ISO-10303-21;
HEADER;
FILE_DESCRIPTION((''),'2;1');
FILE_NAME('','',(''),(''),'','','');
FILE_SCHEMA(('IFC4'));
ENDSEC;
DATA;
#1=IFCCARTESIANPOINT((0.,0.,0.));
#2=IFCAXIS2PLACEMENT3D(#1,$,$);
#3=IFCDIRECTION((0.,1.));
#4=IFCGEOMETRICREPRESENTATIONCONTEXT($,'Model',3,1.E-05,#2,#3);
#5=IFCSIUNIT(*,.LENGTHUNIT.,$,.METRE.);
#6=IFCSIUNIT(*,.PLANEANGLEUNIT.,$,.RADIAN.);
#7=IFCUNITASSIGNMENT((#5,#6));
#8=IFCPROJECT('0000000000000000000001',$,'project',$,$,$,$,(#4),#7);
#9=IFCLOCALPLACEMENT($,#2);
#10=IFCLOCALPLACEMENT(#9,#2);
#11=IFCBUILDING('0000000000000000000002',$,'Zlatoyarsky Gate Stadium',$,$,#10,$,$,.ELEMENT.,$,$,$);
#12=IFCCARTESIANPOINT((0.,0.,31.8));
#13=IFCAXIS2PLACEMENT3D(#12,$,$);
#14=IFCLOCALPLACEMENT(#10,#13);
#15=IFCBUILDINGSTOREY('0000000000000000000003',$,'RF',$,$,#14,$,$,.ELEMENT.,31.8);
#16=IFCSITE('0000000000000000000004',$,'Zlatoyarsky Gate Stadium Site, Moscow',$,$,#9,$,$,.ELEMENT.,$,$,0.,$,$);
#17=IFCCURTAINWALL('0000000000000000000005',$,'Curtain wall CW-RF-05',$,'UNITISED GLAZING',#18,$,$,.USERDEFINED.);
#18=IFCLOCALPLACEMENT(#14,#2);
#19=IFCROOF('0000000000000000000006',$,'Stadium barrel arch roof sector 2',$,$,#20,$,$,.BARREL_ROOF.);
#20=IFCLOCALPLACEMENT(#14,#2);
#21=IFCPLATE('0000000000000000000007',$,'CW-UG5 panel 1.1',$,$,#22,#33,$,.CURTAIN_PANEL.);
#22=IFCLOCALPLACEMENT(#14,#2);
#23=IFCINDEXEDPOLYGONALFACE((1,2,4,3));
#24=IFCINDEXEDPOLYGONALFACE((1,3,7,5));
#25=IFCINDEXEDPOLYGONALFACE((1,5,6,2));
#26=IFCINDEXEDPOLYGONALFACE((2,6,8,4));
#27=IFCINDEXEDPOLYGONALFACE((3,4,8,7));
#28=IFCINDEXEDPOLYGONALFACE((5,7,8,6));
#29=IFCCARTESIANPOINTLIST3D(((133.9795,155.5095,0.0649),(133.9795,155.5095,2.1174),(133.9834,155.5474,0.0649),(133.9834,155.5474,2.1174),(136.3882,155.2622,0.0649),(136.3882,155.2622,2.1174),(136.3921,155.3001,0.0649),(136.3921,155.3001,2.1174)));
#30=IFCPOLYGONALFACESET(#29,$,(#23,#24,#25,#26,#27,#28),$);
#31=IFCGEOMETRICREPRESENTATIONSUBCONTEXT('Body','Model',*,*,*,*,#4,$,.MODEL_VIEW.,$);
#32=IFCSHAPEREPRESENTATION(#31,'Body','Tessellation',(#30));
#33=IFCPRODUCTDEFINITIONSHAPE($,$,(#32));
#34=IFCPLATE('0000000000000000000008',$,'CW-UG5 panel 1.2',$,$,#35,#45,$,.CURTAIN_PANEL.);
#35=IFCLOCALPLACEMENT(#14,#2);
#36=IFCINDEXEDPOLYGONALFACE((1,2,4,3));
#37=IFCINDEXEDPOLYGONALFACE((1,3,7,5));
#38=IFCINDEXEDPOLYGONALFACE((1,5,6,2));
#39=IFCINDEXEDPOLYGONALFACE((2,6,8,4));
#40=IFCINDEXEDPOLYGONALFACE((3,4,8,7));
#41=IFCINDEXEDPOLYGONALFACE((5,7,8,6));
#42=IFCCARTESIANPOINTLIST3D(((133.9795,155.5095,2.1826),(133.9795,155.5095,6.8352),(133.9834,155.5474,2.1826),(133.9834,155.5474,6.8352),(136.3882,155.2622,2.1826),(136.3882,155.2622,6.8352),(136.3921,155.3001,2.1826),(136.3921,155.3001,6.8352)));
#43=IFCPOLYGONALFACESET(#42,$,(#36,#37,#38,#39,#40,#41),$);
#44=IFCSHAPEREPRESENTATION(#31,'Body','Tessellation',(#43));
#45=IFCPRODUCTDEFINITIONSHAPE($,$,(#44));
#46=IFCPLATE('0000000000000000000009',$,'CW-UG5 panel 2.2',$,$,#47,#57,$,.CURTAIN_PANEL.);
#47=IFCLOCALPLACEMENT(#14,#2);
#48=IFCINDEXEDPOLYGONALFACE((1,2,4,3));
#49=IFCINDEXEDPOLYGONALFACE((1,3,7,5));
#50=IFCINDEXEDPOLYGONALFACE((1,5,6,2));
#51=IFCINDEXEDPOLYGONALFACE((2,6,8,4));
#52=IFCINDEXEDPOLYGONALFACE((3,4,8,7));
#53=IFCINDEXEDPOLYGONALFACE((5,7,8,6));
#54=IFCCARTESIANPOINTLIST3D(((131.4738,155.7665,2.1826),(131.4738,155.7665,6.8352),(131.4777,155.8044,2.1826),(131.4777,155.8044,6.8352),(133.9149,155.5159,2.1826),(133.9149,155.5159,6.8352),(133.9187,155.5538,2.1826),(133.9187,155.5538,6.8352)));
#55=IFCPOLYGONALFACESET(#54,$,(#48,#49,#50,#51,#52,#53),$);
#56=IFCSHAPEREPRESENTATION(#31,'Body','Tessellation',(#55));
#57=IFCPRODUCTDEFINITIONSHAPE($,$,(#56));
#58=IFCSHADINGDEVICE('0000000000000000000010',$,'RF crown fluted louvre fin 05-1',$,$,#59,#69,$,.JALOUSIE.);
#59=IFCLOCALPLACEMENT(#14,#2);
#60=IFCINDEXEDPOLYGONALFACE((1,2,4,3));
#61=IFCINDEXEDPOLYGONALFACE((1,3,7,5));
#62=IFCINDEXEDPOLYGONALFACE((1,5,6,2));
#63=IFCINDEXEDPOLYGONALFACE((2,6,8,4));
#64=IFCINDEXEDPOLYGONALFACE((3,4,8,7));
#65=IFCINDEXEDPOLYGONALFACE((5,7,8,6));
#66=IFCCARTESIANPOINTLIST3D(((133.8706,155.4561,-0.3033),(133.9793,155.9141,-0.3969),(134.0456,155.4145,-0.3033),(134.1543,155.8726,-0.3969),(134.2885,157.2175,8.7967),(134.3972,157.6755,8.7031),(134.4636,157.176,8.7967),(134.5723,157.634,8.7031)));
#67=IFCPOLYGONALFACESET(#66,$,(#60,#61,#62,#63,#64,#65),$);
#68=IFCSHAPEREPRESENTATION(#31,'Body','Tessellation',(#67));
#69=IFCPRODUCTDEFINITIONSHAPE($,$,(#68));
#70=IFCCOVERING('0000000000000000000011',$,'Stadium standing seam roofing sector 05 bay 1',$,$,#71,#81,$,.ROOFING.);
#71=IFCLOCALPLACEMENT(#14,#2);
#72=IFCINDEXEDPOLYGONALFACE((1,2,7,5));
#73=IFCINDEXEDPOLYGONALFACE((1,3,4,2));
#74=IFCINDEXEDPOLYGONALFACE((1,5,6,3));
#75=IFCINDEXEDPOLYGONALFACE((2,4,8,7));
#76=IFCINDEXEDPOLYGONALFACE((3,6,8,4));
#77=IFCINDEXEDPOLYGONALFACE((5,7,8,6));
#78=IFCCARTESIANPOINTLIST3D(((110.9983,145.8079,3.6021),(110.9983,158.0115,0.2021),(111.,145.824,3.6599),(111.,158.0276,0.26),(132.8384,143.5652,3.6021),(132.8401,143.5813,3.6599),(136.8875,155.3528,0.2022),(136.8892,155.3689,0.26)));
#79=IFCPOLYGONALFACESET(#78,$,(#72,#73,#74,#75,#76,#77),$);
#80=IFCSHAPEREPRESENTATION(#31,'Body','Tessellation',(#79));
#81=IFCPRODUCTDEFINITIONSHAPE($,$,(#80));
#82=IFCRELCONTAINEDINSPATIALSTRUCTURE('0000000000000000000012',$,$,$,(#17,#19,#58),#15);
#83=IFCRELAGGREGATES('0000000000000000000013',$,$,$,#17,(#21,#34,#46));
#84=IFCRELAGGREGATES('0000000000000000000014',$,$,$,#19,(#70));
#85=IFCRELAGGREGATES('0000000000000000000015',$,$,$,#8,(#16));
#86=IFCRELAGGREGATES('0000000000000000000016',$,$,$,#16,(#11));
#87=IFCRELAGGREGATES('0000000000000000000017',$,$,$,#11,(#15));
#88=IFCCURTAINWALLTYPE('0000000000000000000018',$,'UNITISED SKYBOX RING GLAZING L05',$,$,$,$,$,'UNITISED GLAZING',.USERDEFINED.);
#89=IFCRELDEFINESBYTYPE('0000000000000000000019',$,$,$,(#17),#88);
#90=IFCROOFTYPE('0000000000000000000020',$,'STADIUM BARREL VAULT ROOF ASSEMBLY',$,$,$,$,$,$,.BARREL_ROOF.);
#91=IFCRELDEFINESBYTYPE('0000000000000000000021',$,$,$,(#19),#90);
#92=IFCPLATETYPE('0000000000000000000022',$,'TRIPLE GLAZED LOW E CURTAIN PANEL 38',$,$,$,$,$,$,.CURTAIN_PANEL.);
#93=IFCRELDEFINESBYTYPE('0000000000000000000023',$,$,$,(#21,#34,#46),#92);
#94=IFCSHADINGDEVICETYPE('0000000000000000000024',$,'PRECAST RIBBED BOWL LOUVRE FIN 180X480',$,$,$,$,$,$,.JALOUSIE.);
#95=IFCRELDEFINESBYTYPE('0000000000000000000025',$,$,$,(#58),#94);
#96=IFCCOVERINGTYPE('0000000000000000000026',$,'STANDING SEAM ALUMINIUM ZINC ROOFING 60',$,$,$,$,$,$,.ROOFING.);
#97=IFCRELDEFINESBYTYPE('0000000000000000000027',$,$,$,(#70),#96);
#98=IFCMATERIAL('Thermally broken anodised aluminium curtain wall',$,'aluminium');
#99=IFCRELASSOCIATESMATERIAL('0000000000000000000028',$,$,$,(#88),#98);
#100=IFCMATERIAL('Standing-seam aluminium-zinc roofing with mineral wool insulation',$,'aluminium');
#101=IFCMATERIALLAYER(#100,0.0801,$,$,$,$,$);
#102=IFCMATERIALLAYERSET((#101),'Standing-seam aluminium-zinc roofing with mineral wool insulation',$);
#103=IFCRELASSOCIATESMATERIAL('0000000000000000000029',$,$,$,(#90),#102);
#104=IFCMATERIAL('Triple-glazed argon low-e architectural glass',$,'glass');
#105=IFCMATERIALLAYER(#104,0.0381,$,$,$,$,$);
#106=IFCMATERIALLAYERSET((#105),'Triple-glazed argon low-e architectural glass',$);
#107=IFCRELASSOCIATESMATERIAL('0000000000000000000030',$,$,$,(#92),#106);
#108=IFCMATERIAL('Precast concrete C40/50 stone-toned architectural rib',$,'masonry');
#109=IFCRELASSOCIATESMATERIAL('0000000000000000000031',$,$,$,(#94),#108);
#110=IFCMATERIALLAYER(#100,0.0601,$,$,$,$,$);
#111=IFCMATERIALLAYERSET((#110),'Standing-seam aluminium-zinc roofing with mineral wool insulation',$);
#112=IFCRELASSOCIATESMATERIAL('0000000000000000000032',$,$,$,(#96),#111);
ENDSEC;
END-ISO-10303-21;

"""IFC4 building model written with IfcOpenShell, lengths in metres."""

from ifc_helpers import new_model, si_unit, direction, frame, origin, origin_2d, place, context, subcontext, project, spatial, polyline, rectangle, outline, extrude, material, layer, layer_set, material_profile, profile_set, type_object, element, aggregate, save


model = new_model("IFC4")

# Units and contexts
model_context = context("Model", 3, precision=1e-05, world=origin(), true_north=direction((0.0, 1.0)))
body_context = subcontext(model_context, "Body", "Model", "MODEL_VIEW")
ifc_project = project(units=[si_unit("LENGTHUNIT", "METRE"), si_unit("PLANEANGLEUNIT", "RADIAN")], contexts=[model_context])

# Site, building, storey
site_placement = place(None, origin())
site = spatial("IfcSite", under=ifc_project, at=site_placement, Name="Zlatoyarsky Gate Stadium Site, Moscow", CompositionType="ELEMENT", RefElevation=0.0)
building_placement = place(site_placement, origin())
building = spatial("IfcBuilding", under=site, at=building_placement, Name="Zlatoyarsky Gate Stadium", CompositionType="ELEMENT")
storey_placement = place(building_placement, frame((0.0, 0.0, 31.8)))
storey = spatial("IfcBuildingStorey", under=building, at=storey_placement, Name="RF", CompositionType="ELEMENT", Elevation=31.8)

# Curtain wall
ifc_material_1 = material(Name="Thermally broken anodised aluminium curtain wall", Category="aluminium")
curtain_wall_type = type_object("IfcCurtainWallType", Name="UNITISED SKYBOX RING GLAZING L05", ElementType="UNITISED GLAZING", PredefinedType="USERDEFINED", material=ifc_material_1)
curtain_wall_placement = place(storey_placement, origin())
curtain_wall = element("IfcCurtainWall", 1, at=curtain_wall_placement, inside=storey, type_object=curtain_wall_type, Name="Curtain wall CW-RF-05", ObjectType="UNITISED GLAZING", PredefinedType="USERDEFINED")

# Roof
ifc_material_2 = material(Name="Standing-seam aluminium-zinc roofing with mineral wool insulation", Category="aluminium")
ifc_layer_1 = layer(ifc_material_2, 0.0801)
ifc_layer_set_1 = layer_set([ifc_layer_1], Name="Standing-seam aluminium-zinc roofing with mineral wool insulation")
roof_type = type_object("IfcRoofType", Name="STADIUM BARREL VAULT ROOF ASSEMBLY", PredefinedType="BARREL_ROOF", material=ifc_layer_set_1)
roof_placement = place(storey_placement, origin())
roof = element("IfcRoof", 2, at=roof_placement, inside=storey, type_object=roof_type, Name="Stadium barrel arch roof sector 2", PredefinedType="BARREL_ROOF")

# Plates
ifc_material_3 = material(Name="Triple-glazed argon low-e architectural glass", Category="glass")
ifc_layer_2 = layer(ifc_material_3, 0.0381)
ifc_layer_set_2 = layer_set([ifc_layer_2], Name="Triple-glazed argon low-e architectural glass")
plate_type_1 = type_object("IfcPlateType", Name="TRIPLE GLAZED LOW E CURTAIN PANEL 38", PredefinedType="CURTAIN_PANEL", material=ifc_layer_set_2)
plate_1_placement = place(storey_placement, frame((135.1858, 155.4048, 0.0649), z_axis=(0.0, 0.0, 1.0), x_axis=(-0.994772, 0.102125, 0.0)))
plate_1 = element("IfcPlate", 3, at=plate_1_placement, type_object=plate_type_1, Name="CW-UG5 panel 1.1", PredefinedType="CURTAIN_PANEL", context=body_context, shape_type="SweptSolid", body=[
    extrude(rectangle(XDim=2.4214, YDim=0.0381, at=origin_2d()), origin(), (0.0, 0.0, 1.0), 2.0525),
])
plate_2_placement = place(storey_placement, frame((135.1858, 155.4048, 2.1826), z_axis=(0.0, 0.0, 1.0), x_axis=(-0.994772, 0.102125, 0.0)))
plate_2 = element("IfcPlate", 4, at=plate_2_placement, type_object=plate_type_1, Name="CW-UG5 panel 1.2", PredefinedType="CURTAIN_PANEL", context=body_context, shape_type="SweptSolid", body=[
    extrude(rectangle(XDim=2.4214, YDim=0.0381, at=origin_2d()), origin(), (0.0, 0.0, 1.0), 4.6526),
])
plate_3_placement = place(storey_placement, frame((132.6963, 155.6602, 2.1826), z_axis=(0.0, 0.0, 1.0), x_axis=(-0.994772, 0.102125, 0.0)))
plate_3 = element("IfcPlate", 5, at=plate_3_placement, type_object=plate_type_1, Name="CW-UG5 panel 2.2", PredefinedType="CURTAIN_PANEL", context=body_context, shape_type="SweptSolid", body=[
    extrude(rectangle(XDim=2.4539, YDim=0.0381, at=origin_2d()), origin(), (0.0, 0.0, 1.0), 4.6526),
])
aggregate(curtain_wall, [plate_1, plate_2, plate_3])

# Shading device
ifc_material_4 = material(Name="Precast concrete C40/50 stone-toned architectural rib", Category="masonry")
ifc_material_profile_1 = material_profile(ifc_material_4, rectangle(XDim=0.1799, YDim=0.48, at=origin_2d()), Name="RIB 180X480")
ifc_profile_set_1 = profile_set([ifc_material_profile_1], Name="Precast concrete C40/50 stone-toned architectural rib")
shading_device_type = type_object("IfcShadingDeviceType", Name="PRECAST RIBBED BOWL LOUVRE FIN 180X480", PredefinedType="JALOUSIE", material=ifc_profile_set_1)
shading_device_placement = place(storey_placement, frame((134.0125, 155.6643, -0.3501), z_axis=(0.045047, 0.189846, 0.98078), x_axis=(-0.972984, 0.230873, 0.0)))
element("IfcShadingDevice", 6, at=shading_device_placement, inside=storey, type_object=shading_device_type, Name="RF crown fluted louvre fin 05-1", PredefinedType="JALOUSIE", context=body_context, shape_type="SweptSolid", body=[
    extrude(rectangle(XDim=0.1799, YDim=0.48, at=origin_2d()), origin(), (0.0, 0.0, 1.0), 9.2783),
])

# Covering
ifc_layer_3 = layer(ifc_material_2, 0.0601)
ifc_layer_set_3 = layer_set([ifc_layer_3], Name="Standing-seam aluminium-zinc roofing with mineral wool insulation")
covering_type = type_object("IfcCoveringType", Name="STANDING SEAM ALUMINIUM ZINC ROOFING 60", PredefinedType="ROOFING", material=ifc_layer_set_3)
covering_placement = place(storey_placement, frame((136.8892, 155.3689, 0.26), z_axis=(0.02755, 0.268278, 0.962948), x_axis=(-0.994768, 0.102158, -0.000001)))
covering = element("IfcCovering", 7, at=covering_placement, type_object=covering_type, Name="Stadium standing seam roofing sector 05 bay 1", PredefinedType="ROOFING", context=body_context, shape_type="SweptSolid", body=[
    extrude(outline(polyline([(0.0, 0.0), (26.0253, 0.0), (24.7786, 12.6069), (2.8237, 12.6067), (0.0, 0.0)])), origin(), (0.0, 0.0, -1.0), 0.0601),
])
aggregate(roof, [covering])

save(model, "model.ifc")
